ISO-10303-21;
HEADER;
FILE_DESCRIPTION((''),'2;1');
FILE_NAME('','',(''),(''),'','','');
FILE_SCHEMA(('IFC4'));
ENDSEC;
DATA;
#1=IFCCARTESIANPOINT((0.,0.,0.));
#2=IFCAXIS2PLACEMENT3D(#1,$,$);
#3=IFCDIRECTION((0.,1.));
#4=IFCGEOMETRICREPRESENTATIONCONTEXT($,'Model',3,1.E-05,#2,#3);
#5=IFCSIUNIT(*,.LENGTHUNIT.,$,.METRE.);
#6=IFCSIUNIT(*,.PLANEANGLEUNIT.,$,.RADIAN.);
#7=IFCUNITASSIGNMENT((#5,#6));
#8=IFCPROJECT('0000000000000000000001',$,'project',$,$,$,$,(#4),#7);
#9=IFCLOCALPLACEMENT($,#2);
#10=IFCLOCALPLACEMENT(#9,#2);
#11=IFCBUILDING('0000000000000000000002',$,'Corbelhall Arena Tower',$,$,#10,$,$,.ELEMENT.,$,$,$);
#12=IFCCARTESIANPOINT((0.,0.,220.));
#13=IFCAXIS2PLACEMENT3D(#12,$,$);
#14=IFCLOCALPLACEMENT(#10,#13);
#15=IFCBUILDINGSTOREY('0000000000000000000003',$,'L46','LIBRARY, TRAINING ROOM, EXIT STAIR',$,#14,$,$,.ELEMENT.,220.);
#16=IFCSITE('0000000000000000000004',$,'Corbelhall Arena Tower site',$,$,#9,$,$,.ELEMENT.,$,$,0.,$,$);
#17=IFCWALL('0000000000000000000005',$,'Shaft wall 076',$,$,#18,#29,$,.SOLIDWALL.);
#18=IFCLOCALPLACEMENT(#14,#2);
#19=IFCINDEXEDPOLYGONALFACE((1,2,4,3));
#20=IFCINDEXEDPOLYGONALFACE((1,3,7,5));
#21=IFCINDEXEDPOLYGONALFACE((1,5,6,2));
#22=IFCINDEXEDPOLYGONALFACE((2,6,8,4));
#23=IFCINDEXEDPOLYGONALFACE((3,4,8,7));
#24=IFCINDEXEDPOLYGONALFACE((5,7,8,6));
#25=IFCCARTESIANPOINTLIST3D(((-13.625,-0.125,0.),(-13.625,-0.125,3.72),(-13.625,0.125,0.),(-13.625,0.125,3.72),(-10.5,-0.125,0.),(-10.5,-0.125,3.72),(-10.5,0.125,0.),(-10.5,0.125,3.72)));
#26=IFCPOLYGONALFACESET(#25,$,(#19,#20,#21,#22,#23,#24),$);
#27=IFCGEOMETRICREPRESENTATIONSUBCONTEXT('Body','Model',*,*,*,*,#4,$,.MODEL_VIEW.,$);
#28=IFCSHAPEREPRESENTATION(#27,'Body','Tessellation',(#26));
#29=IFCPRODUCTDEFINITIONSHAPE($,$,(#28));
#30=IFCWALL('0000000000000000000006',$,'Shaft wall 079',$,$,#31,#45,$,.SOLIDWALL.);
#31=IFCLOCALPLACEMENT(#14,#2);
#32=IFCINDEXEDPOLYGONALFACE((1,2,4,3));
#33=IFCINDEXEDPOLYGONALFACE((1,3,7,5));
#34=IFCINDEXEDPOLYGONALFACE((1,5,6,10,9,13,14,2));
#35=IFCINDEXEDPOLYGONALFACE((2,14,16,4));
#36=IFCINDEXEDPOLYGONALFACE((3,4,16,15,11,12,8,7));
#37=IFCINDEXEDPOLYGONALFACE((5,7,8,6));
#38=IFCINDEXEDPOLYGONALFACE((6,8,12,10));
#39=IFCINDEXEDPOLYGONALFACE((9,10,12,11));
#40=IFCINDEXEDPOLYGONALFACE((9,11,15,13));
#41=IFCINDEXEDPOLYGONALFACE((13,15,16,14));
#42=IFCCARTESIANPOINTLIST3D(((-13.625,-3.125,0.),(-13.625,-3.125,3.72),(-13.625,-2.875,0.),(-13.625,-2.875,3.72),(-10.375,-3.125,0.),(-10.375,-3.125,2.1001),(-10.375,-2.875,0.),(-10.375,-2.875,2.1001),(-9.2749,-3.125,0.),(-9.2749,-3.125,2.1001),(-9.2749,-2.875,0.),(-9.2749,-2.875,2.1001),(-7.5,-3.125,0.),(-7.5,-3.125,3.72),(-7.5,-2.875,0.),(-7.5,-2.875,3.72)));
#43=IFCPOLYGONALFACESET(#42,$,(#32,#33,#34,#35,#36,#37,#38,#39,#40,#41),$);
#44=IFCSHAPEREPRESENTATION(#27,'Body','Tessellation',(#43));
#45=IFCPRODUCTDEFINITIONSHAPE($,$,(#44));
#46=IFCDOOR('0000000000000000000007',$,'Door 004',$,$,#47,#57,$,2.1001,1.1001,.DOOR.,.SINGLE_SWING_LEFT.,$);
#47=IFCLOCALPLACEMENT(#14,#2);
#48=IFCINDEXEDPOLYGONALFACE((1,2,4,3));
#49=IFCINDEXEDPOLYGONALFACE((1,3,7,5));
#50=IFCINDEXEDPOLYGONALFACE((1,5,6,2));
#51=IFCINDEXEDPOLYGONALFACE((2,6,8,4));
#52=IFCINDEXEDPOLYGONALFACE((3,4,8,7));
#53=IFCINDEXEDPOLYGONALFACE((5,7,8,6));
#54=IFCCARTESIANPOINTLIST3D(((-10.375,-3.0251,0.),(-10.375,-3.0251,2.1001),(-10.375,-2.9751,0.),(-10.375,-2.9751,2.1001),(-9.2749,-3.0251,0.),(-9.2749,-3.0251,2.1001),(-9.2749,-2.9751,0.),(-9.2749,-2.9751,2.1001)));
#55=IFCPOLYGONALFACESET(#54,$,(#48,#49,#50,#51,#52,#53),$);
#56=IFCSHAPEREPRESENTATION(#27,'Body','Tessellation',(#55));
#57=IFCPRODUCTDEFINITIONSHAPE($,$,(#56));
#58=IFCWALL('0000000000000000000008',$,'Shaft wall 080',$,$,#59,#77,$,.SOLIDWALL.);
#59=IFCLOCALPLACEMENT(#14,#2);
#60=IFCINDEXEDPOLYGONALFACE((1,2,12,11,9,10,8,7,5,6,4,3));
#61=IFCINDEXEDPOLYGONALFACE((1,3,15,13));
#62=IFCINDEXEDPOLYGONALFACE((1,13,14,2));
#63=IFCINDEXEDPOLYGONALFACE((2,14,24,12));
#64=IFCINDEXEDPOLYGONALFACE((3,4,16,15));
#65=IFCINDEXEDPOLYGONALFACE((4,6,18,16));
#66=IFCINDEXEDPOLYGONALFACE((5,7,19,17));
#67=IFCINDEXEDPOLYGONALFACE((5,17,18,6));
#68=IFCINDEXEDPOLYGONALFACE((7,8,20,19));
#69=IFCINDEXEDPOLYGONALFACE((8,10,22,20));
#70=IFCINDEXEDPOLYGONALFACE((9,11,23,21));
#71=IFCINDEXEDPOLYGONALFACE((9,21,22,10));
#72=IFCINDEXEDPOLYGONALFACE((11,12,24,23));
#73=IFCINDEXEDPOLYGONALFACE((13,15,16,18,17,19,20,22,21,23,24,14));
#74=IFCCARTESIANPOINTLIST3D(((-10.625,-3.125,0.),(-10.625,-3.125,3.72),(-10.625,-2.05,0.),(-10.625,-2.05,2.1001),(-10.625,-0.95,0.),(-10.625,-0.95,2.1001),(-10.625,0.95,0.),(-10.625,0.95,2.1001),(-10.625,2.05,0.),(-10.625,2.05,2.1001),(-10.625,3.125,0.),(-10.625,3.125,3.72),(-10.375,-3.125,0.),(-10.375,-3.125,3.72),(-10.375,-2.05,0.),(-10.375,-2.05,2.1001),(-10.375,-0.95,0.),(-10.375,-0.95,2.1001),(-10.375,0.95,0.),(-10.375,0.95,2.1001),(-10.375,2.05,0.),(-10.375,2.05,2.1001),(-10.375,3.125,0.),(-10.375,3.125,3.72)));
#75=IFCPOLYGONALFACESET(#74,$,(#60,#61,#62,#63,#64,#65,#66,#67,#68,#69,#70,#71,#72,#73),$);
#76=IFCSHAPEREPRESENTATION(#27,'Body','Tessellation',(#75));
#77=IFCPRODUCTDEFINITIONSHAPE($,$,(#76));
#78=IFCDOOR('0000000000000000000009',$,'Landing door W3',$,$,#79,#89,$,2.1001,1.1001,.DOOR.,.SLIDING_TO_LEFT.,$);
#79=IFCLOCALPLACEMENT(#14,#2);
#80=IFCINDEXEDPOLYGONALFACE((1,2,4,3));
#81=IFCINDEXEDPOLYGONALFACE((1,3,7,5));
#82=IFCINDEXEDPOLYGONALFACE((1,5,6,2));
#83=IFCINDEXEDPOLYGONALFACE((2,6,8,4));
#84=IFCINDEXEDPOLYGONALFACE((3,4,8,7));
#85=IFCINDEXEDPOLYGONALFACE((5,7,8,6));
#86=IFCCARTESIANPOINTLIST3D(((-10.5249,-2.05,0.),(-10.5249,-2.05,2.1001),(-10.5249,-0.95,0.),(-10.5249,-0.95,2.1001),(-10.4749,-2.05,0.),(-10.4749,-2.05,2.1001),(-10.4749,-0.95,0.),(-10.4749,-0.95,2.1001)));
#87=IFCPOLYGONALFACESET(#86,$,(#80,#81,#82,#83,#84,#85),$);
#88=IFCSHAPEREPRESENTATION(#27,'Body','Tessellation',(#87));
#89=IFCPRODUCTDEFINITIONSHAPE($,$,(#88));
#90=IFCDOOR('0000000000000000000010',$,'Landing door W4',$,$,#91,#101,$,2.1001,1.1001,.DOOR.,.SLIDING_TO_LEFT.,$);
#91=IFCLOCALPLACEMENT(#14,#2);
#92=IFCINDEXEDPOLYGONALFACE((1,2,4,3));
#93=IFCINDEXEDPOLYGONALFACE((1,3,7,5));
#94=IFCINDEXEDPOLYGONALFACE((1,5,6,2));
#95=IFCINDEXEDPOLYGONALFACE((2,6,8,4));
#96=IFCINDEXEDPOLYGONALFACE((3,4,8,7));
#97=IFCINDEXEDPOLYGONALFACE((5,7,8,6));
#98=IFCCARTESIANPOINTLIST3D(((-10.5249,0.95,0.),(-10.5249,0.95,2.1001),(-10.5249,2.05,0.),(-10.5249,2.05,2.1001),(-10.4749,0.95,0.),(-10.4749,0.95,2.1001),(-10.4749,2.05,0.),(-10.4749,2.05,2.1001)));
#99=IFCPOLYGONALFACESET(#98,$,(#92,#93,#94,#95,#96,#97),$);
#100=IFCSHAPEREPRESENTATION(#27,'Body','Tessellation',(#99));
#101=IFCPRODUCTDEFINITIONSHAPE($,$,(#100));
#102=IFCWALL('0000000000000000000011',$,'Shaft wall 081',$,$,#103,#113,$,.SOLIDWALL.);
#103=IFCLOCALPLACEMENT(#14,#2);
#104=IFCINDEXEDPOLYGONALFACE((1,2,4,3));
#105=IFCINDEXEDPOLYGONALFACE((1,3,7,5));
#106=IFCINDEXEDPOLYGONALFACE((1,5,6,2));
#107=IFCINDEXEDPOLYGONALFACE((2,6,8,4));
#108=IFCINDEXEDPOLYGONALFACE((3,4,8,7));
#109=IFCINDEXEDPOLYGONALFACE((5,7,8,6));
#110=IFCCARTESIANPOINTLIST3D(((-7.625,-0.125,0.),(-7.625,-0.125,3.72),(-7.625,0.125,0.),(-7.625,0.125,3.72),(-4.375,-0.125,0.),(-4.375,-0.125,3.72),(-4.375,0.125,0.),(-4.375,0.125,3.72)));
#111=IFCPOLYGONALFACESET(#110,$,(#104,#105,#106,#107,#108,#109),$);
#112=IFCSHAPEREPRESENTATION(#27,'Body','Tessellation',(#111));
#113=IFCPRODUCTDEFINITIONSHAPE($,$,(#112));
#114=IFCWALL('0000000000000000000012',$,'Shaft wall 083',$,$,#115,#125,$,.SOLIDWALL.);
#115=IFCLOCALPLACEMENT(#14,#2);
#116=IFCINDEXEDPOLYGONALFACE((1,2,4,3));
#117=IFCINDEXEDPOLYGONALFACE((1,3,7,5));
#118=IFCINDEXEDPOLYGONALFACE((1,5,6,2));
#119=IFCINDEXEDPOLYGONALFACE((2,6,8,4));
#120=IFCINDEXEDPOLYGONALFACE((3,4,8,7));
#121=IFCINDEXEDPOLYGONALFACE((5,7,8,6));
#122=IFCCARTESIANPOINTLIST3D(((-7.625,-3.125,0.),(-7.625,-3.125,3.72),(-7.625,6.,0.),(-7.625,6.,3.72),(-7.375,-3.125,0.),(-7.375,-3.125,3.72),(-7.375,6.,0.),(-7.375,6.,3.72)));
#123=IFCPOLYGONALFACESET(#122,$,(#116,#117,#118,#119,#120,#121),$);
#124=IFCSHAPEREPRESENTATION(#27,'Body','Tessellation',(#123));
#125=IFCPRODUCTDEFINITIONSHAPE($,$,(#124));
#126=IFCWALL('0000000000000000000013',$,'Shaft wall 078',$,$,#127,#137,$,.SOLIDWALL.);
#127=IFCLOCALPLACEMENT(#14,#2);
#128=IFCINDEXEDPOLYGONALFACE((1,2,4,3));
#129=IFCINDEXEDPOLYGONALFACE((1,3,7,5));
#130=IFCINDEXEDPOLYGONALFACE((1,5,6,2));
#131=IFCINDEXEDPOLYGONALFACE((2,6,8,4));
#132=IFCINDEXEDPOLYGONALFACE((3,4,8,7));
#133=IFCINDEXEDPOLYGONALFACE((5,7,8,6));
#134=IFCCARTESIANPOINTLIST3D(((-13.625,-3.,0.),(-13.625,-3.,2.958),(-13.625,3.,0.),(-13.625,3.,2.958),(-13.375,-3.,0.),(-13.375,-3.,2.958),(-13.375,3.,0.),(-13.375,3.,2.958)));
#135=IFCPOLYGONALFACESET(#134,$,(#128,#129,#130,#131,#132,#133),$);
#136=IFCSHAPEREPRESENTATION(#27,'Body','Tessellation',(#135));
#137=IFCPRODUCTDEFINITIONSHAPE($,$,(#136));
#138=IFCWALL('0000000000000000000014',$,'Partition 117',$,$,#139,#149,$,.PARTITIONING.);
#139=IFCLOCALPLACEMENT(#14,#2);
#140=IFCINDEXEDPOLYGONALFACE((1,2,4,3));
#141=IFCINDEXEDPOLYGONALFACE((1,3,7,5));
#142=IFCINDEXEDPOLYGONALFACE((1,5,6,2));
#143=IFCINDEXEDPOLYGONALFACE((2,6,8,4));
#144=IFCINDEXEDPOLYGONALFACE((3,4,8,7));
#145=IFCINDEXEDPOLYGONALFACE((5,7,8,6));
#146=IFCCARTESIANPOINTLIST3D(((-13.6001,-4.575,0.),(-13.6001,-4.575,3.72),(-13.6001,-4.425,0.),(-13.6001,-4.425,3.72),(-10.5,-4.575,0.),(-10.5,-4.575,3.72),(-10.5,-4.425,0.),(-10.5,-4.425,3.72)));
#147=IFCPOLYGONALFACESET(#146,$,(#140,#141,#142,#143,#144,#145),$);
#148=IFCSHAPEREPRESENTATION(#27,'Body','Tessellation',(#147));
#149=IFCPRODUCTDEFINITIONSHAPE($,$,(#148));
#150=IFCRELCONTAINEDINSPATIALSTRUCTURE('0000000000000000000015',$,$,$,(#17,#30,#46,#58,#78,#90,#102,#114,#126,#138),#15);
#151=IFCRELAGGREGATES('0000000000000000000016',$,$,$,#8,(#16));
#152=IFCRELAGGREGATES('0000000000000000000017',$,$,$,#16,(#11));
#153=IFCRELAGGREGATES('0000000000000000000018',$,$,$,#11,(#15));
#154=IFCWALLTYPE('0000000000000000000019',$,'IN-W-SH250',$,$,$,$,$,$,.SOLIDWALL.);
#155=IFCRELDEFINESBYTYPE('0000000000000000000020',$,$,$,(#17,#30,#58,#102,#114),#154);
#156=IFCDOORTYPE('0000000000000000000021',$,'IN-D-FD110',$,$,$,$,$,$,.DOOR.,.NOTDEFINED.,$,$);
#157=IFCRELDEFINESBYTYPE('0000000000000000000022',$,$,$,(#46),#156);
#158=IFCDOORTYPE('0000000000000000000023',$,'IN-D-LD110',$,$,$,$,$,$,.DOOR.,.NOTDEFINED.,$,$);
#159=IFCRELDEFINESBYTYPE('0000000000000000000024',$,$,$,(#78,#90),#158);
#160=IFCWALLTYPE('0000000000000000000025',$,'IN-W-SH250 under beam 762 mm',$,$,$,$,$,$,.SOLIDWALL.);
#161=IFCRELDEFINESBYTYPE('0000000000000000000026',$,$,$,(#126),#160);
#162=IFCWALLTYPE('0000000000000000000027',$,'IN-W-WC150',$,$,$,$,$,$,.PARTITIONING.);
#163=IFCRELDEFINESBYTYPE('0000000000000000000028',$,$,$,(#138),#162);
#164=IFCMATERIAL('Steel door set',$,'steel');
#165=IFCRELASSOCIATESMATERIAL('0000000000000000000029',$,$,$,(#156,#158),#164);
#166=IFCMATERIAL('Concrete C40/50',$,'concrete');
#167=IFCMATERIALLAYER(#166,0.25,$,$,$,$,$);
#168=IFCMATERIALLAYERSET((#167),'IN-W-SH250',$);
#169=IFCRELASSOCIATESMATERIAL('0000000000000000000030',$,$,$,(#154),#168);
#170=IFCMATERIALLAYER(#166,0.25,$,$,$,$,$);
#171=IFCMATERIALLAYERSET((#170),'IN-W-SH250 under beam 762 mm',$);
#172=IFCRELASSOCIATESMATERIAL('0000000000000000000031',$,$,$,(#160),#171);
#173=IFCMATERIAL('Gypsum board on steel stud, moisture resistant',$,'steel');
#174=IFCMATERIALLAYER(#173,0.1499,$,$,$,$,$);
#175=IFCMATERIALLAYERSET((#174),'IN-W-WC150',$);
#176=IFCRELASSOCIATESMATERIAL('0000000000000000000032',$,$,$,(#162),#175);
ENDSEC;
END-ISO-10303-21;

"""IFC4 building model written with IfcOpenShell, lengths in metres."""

from ifc_helpers import new_model, si_unit, direction, frame, frame_2d, origin, place, context, subcontext, project, spatial, rectangle, extrude, material, layer, layer_set, type_object, element, fill, save


model = new_model("IFC4")

# Units and contexts
model_context = context("Model", 3, precision=1e-05, world=origin(), true_north=direction((0.0, 1.0)))
body_context = subcontext(model_context, "Body", "Model", "MODEL_VIEW")
ifc_project = project(units=[si_unit("LENGTHUNIT", "METRE"), si_unit("PLANEANGLEUNIT", "RADIAN")], contexts=[model_context])

# Site, building, storey
site_placement = place(None, origin())
site = spatial("IfcSite", under=ifc_project, at=site_placement, Name="Corbelhall Arena Tower site", CompositionType="ELEMENT", RefElevation=0.0)
building_placement = place(site_placement, origin())
building = spatial("IfcBuilding", under=site, at=building_placement, Name="Corbelhall Arena Tower", CompositionType="ELEMENT")
storey_placement = place(building_placement, frame((0.0, 0.0, 220.0)))
storey = spatial("IfcBuildingStorey", under=building, at=storey_placement, Name="L46", Description="LIBRARY, TRAINING ROOM, EXIT STAIR", CompositionType="ELEMENT", Elevation=220.0)

# Shared definitions
ifc_material_1 = material(Name="Steel door set", Category="steel")

# Shared definitions
door_type_1 = type_object("IfcDoorType", Name="IN-D-FD110", OperationType="NOTDEFINED", PredefinedType="DOOR", material=ifc_material_1)

# Wall
ifc_material_2 = material(Name="Concrete C40/50", Category="concrete")
ifc_layer_1 = layer(ifc_material_2, 0.25)
ifc_layer_set_1 = layer_set([ifc_layer_1], Name="IN-W-SH250")
wall_type_1 = type_object("IfcWallType", Name="IN-W-SH250", PredefinedType="SOLIDWALL", material=ifc_layer_set_1)
wall_1_placement = place(storey_placement, frame((-13.625, 0.0, 0.0), z_axis=(0.0, 0.0, 1.0), x_axis=(1.0, 0.0, 0.0)))
element("IfcWall", 1, at=wall_1_placement, inside=storey, type_object=wall_type_1, Name="Shaft wall 076", PredefinedType="SOLIDWALL", context=body_context, shape_type="SweptSolid", body=[
    extrude(rectangle(XDim=3.125, YDim=0.25, at=frame_2d((1.5625, 0.0))), origin(), (0.0, 0.0, 1.0), 3.72),
])

# Wall, opening, door
wall_2_placement = place(storey_placement, frame((-13.625, -3.0, 0.0), z_axis=(0.0, 0.0, 1.0), x_axis=(1.0, 0.0, 0.0)))
wall_2 = element("IfcWall", 2, at=wall_2_placement, inside=storey, type_object=wall_type_1, Name="Shaft wall 079", PredefinedType="SOLIDWALL", context=body_context, shape_type="SweptSolid", body=[
    extrude(rectangle(XDim=6.125, YDim=0.25, at=frame_2d((3.0625, 0.0))), origin(), (0.0, 0.0, 1.0), 3.72),
])
opening_1_placement = place(wall_2_placement, frame((3.25, 0.0, 0.0)))
opening_1 = element("IfcOpeningElement", 3, at=opening_1_placement, cuts=wall_2, PredefinedType="OPENING", context=body_context, shape_type="SweptSolid", body=[
    extrude(rectangle(XDim=1.1001, YDim=2.1001, at=frame_2d((0.55, 1.05))), frame((0.0, 0.125, 0.0), z_axis=(0.0, -1.0, 0.0), x_axis=(1.0, 0.0, 0.0)), (0.0, 0.0, 1.0), 0.25),
])
door_1_placement = place(opening_1_placement, origin())
door_1 = element("IfcDoor", 4, at=door_1_placement, inside=storey, type_object=door_type_1, Name="Door 004", OperationType="SINGLE_SWING_LEFT", OverallHeight=2.1001, OverallWidth=1.1001, PredefinedType="DOOR", context=body_context, shape_type="SweptSolid", body=[
    extrude(rectangle(XDim=1.1001, YDim=2.1001, at=frame_2d((0.55, 1.05))), frame((0.0, 0.0249, 0.0), z_axis=(0.0, -1.0, 0.0), x_axis=(1.0, 0.0, 0.0)), (0.0, 0.0, 1.0), 0.05),
])
fill(opening_1, door_1)

# Wall, openings, doors
wall_3_placement = place(storey_placement, frame((-10.5, -3.125, 0.0), z_axis=(0.0, 0.0, 1.0), x_axis=(0.0, 1.0, 0.0)))
wall_3 = element("IfcWall", 5, at=wall_3_placement, inside=storey, type_object=wall_type_1, Name="Shaft wall 080", PredefinedType="SOLIDWALL", context=body_context, shape_type="SweptSolid", body=[
    extrude(rectangle(XDim=6.25, YDim=0.25, at=frame_2d((3.125, 0.0))), origin(), (0.0, 0.0, 1.0), 3.72),
])
opening_2_placement = place(wall_3_placement, frame((1.075, 0.0, 0.0)))
opening_2 = element("IfcOpeningElement", 6, at=opening_2_placement, cuts=wall_3, PredefinedType="OPENING", context=body_context, shape_type="SweptSolid", body=[
    extrude(rectangle(XDim=1.1001, YDim=2.1001, at=frame_2d((0.55, 1.05))), frame((0.0, 0.125, 0.0), z_axis=(0.0, -1.0, 0.0), x_axis=(1.0, 0.0, 0.0)), (0.0, 0.0, 1.0), 0.25),
])
opening_3_placement = place(wall_3_placement, frame((4.075, 0.0, 0.0)))
opening_3 = element("IfcOpeningElement", 7, at=opening_3_placement, cuts=wall_3, PredefinedType="OPENING", context=body_context, shape_type="SweptSolid", body=[
    extrude(rectangle(XDim=1.1001, YDim=2.1001, at=frame_2d((0.55, 1.05))), frame((0.0, 0.125, 0.0), z_axis=(0.0, -1.0, 0.0), x_axis=(1.0, 0.0, 0.0)), (0.0, 0.0, 1.0), 0.25),
])
door_type_2 = type_object("IfcDoorType", Name="IN-D-LD110", OperationType="NOTDEFINED", PredefinedType="DOOR", material=ifc_material_1)
door_2_placement = place(opening_2_placement, origin())
door_2 = element("IfcDoor", 8, at=door_2_placement, inside=storey, type_object=door_type_2, Name="Landing door W3", OperationType="SLIDING_TO_LEFT", OverallHeight=2.1001, OverallWidth=1.1001, PredefinedType="DOOR", context=body_context, shape_type="SweptSolid", body=[
    extrude(rectangle(XDim=1.1001, YDim=2.1001, at=frame_2d((0.55, 1.05))), frame((0.0, 0.0249, 0.0), z_axis=(0.0, -1.0, 0.0), x_axis=(1.0, 0.0, 0.0)), (0.0, 0.0, 1.0), 0.05),
])
fill(opening_2, door_2)
door_3_placement = place(opening_3_placement, origin())
door_3 = element("IfcDoor", 9, at=door_3_placement, inside=storey, type_object=door_type_2, Name="Landing door W4", OperationType="SLIDING_TO_LEFT", OverallHeight=2.1001, OverallWidth=1.1001, PredefinedType="DOOR", context=body_context, shape_type="SweptSolid", body=[
    extrude(rectangle(XDim=1.1001, YDim=2.1001, at=frame_2d((0.55, 1.05))), frame((0.0, 0.0249, 0.0), z_axis=(0.0, -1.0, 0.0), x_axis=(1.0, 0.0, 0.0)), (0.0, 0.0, 1.0), 0.05),
])
fill(opening_3, door_3)

# Walls
wall_4_placement = place(storey_placement, frame((-7.625, 0.0, 0.0), z_axis=(0.0, 0.0, 1.0), x_axis=(1.0, 0.0, 0.0)))
element("IfcWall", 10, at=wall_4_placement, inside=storey, type_object=wall_type_1, Name="Shaft wall 081", PredefinedType="SOLIDWALL", context=body_context, shape_type="SweptSolid", body=[
    extrude(rectangle(XDim=3.25, YDim=0.25, at=frame_2d((1.625, 0.0))), origin(), (0.0, 0.0, 1.0), 3.72),
])
wall_5_placement = place(storey_placement, frame((-7.5, -3.125, 0.0), z_axis=(0.0, 0.0, 1.0), x_axis=(0.0, 1.0, 0.0)))
element("IfcWall", 11, at=wall_5_placement, inside=storey, type_object=wall_type_1, Name="Shaft wall 083", PredefinedType="SOLIDWALL", context=body_context, shape_type="SweptSolid", body=[
    extrude(rectangle(XDim=9.125, YDim=0.25, at=frame_2d((4.5625, 0.0))), origin(), (0.0, 0.0, 1.0), 3.72),
])
ifc_layer_2 = layer(ifc_material_2, 0.25)
ifc_layer_set_2 = layer_set([ifc_layer_2], Name="IN-W-SH250 under beam 762 mm")
wall_type_2 = type_object("IfcWallType", Name="IN-W-SH250 under beam 762 mm", PredefinedType="SOLIDWALL", material=ifc_layer_set_2)
wall_6_placement = place(storey_placement, frame((-13.5, -3.0, 0.0), z_axis=(0.0, 0.0, 1.0), x_axis=(0.0, 1.0, 0.0)))
element("IfcWall", 12, at=wall_6_placement, inside=storey, type_object=wall_type_2, Name="Shaft wall 078", PredefinedType="SOLIDWALL", context=body_context, shape_type="SweptSolid", body=[
    extrude(rectangle(XDim=6.0, YDim=0.25, at=frame_2d((3.0, 0.0))), origin(), (0.0, 0.0, 1.0), 2.958),
])
ifc_material_3 = material(Name="Gypsum board on steel stud, moisture resistant", Category="steel")
ifc_layer_3 = layer(ifc_material_3, 0.1499)
ifc_layer_set_3 = layer_set([ifc_layer_3], Name="IN-W-WC150")
wall_type_3 = type_object("IfcWallType", Name="IN-W-WC150", PredefinedType="PARTITIONING", material=ifc_layer_set_3)
wall_7_placement = place(storey_placement, frame((-13.6001, -4.5, 0.0), z_axis=(0.0, 0.0, 1.0), x_axis=(1.0, 0.0, 0.0)))
element("IfcWall", 13, at=wall_7_placement, inside=storey, type_object=wall_type_3, Name="Partition 117", PredefinedType="PARTITIONING", context=body_context, shape_type="SweptSolid", body=[
    extrude(rectangle(XDim=3.1001, YDim=0.1499, at=frame_2d((1.55, 0.0))), origin(), (0.0, 0.0, 1.0), 3.72),
])

save(model, "model.ifc")
